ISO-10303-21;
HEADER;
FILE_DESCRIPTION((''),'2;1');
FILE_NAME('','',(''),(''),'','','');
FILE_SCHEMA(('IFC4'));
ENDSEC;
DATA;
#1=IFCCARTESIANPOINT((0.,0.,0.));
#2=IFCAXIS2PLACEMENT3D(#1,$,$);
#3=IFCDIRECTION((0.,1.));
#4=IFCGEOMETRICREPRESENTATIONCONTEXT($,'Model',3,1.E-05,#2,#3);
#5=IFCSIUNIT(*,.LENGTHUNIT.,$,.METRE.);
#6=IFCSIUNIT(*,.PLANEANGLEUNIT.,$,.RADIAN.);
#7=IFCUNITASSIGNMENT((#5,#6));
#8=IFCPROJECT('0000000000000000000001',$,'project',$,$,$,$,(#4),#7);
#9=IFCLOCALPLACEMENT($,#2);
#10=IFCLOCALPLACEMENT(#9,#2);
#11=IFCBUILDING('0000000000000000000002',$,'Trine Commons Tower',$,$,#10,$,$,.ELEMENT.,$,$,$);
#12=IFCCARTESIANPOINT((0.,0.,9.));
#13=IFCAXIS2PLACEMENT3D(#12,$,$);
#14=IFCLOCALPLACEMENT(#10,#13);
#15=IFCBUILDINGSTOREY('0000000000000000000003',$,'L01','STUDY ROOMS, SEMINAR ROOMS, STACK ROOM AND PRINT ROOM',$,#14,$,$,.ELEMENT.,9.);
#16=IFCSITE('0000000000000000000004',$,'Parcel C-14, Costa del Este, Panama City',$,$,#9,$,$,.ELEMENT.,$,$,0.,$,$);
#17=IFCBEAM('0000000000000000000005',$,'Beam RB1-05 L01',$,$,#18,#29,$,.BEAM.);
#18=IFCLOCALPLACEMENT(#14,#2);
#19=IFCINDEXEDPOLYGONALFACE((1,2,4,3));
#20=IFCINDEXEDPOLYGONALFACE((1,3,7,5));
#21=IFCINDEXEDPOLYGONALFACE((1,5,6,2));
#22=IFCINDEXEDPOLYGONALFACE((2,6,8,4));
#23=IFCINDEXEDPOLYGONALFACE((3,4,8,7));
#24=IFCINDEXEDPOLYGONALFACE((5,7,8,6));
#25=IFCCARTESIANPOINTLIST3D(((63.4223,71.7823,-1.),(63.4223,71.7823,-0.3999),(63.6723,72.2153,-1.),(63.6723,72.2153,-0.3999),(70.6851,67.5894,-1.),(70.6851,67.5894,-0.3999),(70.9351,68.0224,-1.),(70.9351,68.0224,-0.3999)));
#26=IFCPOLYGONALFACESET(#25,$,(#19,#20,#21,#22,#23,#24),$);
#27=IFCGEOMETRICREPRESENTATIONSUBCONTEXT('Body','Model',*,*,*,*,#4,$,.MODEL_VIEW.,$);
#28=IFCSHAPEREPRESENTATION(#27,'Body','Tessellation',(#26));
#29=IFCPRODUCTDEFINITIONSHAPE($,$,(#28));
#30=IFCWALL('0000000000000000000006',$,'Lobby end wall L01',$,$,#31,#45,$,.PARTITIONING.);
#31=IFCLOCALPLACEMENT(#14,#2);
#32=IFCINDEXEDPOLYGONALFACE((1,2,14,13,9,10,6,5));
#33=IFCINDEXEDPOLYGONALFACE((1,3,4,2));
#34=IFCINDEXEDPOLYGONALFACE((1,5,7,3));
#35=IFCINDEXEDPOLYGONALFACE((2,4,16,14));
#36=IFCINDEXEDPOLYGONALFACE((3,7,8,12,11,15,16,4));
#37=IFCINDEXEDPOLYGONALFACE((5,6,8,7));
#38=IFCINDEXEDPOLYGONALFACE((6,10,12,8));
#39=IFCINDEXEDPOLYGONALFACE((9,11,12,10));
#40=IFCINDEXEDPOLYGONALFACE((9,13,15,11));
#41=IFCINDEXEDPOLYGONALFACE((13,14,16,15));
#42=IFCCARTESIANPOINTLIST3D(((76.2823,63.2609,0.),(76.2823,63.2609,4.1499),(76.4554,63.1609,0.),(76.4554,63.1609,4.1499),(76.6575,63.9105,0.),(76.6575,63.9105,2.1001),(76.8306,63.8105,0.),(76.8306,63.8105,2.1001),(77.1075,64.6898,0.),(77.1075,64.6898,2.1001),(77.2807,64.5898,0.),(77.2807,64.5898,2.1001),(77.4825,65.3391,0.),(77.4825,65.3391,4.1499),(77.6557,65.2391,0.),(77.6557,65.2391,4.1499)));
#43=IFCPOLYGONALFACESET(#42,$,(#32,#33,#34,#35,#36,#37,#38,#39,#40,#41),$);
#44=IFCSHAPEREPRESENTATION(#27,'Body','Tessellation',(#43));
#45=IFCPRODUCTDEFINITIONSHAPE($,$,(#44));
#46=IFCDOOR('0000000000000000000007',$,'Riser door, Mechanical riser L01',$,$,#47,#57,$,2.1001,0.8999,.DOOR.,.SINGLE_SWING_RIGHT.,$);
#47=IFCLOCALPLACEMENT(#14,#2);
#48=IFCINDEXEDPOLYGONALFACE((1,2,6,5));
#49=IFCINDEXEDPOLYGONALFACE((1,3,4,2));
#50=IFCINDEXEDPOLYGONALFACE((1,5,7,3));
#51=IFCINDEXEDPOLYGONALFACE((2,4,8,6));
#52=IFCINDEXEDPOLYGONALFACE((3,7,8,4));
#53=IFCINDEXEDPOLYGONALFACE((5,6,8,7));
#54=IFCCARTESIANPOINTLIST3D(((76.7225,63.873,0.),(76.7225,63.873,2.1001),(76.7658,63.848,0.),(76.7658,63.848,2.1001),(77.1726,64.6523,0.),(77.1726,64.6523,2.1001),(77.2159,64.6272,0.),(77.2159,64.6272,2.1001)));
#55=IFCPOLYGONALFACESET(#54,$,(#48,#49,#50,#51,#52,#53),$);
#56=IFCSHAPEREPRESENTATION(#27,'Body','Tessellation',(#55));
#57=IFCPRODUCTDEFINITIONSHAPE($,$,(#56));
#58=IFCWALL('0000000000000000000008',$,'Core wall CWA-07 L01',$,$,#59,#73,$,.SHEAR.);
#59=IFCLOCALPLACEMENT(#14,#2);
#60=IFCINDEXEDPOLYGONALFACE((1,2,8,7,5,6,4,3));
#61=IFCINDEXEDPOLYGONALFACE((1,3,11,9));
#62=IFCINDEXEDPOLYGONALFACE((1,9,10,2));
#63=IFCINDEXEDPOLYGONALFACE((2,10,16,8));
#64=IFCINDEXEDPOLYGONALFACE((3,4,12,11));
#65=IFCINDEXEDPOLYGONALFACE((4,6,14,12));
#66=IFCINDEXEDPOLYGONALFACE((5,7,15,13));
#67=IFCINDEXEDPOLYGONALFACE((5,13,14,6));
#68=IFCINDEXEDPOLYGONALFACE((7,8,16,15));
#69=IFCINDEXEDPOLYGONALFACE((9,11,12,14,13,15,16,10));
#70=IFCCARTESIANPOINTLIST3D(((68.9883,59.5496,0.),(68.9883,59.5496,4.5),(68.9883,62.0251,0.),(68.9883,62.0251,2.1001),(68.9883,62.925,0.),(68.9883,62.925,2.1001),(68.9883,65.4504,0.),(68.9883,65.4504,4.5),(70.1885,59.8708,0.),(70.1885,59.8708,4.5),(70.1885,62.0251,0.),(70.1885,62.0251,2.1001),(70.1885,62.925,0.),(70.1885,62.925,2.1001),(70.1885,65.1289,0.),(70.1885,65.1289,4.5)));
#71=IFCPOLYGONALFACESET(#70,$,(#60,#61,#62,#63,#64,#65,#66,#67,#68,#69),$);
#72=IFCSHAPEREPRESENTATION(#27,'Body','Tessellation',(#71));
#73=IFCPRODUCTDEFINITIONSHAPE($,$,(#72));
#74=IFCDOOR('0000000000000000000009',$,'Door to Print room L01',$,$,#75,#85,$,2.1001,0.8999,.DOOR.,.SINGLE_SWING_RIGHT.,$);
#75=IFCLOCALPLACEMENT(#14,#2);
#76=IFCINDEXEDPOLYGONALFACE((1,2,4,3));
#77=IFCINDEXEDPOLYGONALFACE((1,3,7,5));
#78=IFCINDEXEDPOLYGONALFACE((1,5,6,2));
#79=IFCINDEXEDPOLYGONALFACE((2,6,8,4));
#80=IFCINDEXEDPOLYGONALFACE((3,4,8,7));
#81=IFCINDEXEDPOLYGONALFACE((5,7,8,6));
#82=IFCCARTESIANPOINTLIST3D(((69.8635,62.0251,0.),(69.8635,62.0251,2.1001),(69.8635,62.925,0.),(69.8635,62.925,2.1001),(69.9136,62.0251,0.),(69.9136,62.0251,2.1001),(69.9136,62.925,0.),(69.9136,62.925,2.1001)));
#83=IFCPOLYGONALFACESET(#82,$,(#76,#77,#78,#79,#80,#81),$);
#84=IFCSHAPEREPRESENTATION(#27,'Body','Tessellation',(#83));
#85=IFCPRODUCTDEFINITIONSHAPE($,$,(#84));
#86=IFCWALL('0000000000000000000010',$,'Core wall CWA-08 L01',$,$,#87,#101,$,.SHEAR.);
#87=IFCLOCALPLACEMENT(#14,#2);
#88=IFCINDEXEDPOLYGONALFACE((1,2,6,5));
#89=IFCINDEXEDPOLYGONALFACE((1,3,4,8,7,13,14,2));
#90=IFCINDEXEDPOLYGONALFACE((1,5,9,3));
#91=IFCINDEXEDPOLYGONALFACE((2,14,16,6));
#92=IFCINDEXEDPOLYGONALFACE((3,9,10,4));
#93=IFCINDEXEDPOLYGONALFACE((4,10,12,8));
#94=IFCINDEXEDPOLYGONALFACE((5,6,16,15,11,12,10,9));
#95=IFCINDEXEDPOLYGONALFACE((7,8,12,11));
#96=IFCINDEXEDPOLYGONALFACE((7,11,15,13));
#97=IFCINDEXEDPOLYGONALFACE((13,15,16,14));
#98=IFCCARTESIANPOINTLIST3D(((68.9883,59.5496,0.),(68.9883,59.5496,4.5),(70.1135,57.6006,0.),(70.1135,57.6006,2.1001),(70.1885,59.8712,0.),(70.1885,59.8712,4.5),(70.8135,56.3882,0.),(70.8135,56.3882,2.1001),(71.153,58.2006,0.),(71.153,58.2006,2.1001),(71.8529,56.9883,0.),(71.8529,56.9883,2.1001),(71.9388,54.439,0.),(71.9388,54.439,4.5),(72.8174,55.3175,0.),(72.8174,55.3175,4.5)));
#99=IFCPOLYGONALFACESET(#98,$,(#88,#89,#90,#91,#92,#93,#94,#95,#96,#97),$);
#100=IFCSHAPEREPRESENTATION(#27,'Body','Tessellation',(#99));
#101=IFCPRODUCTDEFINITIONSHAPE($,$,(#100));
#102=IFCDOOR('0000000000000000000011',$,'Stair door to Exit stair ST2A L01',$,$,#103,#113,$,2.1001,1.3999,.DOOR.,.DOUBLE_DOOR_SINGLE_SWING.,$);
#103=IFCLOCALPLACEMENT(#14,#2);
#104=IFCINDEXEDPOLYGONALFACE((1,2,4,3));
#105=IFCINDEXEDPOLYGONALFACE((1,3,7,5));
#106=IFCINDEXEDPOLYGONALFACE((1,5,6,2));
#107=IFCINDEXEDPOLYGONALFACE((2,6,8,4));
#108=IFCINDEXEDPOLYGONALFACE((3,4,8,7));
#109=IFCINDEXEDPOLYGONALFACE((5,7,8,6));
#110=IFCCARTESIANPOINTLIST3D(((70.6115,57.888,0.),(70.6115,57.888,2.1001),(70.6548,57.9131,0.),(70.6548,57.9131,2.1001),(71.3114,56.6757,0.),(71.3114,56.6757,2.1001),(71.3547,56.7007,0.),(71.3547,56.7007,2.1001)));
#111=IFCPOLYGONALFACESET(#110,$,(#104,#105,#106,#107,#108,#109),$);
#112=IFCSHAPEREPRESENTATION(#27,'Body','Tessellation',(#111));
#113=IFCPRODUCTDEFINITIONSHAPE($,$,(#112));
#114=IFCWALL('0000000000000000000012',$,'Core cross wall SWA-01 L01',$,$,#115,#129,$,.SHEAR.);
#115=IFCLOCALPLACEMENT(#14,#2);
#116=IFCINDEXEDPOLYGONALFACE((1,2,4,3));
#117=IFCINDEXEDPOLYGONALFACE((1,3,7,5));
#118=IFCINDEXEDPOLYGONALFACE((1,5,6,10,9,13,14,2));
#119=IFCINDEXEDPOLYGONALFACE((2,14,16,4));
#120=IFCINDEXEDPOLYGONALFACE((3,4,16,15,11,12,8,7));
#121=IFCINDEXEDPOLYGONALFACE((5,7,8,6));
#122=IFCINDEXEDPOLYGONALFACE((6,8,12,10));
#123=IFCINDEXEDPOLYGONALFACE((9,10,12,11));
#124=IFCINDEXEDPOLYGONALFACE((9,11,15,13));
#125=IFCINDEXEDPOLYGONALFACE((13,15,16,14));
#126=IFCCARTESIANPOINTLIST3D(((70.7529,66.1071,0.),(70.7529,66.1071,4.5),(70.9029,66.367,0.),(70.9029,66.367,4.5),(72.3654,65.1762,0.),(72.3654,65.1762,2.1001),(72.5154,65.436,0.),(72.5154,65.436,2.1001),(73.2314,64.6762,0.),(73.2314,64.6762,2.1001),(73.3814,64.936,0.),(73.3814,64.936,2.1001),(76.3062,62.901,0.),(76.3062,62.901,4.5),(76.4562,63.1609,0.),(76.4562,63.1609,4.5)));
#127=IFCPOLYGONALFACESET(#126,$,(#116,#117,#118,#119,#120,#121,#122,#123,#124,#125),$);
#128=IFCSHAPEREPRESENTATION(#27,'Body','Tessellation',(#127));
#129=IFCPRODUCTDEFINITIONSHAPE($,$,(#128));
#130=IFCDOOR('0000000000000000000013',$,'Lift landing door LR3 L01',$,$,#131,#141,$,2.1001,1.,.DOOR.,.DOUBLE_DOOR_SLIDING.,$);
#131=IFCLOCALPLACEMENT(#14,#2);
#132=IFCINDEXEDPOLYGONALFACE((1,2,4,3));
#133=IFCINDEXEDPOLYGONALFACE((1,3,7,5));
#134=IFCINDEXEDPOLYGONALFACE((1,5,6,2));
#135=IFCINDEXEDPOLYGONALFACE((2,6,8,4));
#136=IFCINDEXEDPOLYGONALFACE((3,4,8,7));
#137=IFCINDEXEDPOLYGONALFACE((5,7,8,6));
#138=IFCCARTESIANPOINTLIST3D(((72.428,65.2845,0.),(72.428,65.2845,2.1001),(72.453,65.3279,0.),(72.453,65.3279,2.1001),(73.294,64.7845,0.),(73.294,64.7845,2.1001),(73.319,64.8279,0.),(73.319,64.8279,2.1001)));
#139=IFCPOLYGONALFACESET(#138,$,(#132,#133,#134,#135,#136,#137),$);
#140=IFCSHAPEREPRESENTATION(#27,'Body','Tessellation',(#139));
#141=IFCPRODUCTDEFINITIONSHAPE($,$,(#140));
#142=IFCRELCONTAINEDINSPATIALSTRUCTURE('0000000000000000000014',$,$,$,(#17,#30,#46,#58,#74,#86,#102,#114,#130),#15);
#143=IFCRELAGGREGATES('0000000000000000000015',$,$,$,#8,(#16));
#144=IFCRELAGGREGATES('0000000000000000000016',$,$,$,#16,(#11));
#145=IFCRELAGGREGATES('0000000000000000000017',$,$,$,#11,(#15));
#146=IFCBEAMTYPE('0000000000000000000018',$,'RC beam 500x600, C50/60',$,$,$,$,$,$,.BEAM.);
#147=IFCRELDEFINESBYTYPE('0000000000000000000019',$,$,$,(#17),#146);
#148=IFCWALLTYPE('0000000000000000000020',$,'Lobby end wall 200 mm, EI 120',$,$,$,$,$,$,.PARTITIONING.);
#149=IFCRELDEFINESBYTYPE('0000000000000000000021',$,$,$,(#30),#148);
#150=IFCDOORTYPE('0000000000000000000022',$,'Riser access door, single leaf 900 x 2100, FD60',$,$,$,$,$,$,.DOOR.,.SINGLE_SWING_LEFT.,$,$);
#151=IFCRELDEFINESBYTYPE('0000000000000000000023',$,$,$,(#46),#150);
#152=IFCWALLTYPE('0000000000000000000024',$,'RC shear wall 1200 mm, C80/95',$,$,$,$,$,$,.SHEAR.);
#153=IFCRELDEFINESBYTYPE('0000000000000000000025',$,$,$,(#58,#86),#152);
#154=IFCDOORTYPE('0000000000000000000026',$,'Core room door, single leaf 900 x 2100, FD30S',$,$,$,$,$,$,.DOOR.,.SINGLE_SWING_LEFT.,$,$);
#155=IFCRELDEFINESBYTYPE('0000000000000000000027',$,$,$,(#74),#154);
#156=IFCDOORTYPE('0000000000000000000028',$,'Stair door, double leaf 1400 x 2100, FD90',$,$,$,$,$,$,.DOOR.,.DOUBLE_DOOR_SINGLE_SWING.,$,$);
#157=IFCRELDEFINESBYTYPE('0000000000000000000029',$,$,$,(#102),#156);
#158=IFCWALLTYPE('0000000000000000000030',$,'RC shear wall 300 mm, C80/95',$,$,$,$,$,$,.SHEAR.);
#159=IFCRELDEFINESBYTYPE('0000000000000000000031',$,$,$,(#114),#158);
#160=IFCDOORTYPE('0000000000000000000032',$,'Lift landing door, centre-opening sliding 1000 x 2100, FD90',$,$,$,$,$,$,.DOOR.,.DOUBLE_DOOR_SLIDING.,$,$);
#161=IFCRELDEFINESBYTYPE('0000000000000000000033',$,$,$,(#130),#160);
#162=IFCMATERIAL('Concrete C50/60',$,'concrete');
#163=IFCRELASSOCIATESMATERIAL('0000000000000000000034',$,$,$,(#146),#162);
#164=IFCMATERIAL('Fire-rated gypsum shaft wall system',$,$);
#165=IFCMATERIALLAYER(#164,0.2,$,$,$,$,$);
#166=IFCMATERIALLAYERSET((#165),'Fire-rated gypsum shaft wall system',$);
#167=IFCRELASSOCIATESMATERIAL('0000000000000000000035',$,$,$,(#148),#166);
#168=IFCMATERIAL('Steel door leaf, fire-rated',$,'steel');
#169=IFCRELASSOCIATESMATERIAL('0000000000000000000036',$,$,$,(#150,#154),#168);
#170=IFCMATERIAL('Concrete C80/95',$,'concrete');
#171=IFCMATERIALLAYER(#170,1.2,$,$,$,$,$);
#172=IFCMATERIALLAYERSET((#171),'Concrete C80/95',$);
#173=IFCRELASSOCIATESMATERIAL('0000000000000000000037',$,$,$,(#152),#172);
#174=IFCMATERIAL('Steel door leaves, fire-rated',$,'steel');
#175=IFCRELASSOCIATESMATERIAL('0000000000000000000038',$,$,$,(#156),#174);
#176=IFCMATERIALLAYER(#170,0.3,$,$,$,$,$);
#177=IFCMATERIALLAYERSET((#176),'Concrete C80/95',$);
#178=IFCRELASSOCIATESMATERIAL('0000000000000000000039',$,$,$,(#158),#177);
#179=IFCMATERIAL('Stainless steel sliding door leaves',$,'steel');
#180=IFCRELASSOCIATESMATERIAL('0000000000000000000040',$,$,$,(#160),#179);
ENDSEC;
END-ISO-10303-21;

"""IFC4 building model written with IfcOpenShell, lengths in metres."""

from ifc_helpers import new_model, si_unit, direction, frame, frame_2d, origin, origin_2d, place, context, subcontext, project, spatial, polyline, rectangle, outline, extrude, material, layer, layer_set, material_profile, profile_set, type_object, element, fill, save


model = new_model("IFC4")

# Units and contexts
model_context = context("Model", 3, precision=1e-05, world=origin(), true_north=direction((0.0, 1.0)))
body_context = subcontext(model_context, "Body", "Model", "MODEL_VIEW")
ifc_project = project(units=[si_unit("LENGTHUNIT", "METRE"), si_unit("PLANEANGLEUNIT", "RADIAN")], contexts=[model_context])

# Site, building, storey
site_placement = place(None, origin())
site = spatial("IfcSite", under=ifc_project, at=site_placement, Name="Parcel C-14, Costa del Este, Panama City", CompositionType="ELEMENT", RefElevation=0.0)
building_placement = place(site_placement, origin())
building = spatial("IfcBuilding", under=site, at=building_placement, Name="Trine Commons Tower", CompositionType="ELEMENT")
storey_placement = place(building_placement, frame((0.0, 0.0, 9.0)))
storey = spatial("IfcBuildingStorey", under=building, at=storey_placement, Name="L01", Description="STUDY ROOMS, SEMINAR ROOMS, STACK ROOM AND PRINT ROOM", CompositionType="ELEMENT", Elevation=9.0)

# Beam
ifc_material_1 = material(Name="Concrete C50/60", Category="concrete")
ifc_material_profile = material_profile(ifc_material_1, rectangle(XDim=0.5, YDim=0.6001, at=origin_2d()), Name="RC 500x600")
ifc_profile_set = profile_set([ifc_material_profile], Name="Concrete C50/60")
beam_type = type_object("IfcBeamType", Name="RC beam 500x600, C50/60", PredefinedType="BEAM", material=ifc_profile_set)
beam_placement = place(storey_placement, frame((70.8101, 67.8059, -0.7), z_axis=(-0.866038, 0.499978, 0.0), x_axis=(-0.499978, -0.866038, 0.0)))
element("IfcBeam", 1, at=beam_placement, inside=storey, type_object=beam_type, Name="Beam RB1-05 L01", PredefinedType="BEAM", context=body_context, shape_type="SweptSolid", body=[
    extrude(rectangle(XDim=0.5, YDim=0.6001, at=origin_2d()), origin(), (0.0, 0.0, 1.0), 8.3862),
])

# Walls, openings, doors
ifc_material_2 = material(Name="Fire-rated gypsum shaft wall system")
ifc_layer_1 = layer(ifc_material_2, 0.2)
ifc_layer_set_1 = layer_set([ifc_layer_1], Name="Fire-rated gypsum shaft wall system")
wall_type_1 = type_object("IfcWallType", Name="Lobby end wall 200 mm, EI 120", PredefinedType="PARTITIONING", material=ifc_layer_set_1)
wall_1_placement = place(storey_placement, frame((77.5691, 65.2891, 0.0), z_axis=(0.0, 0.0, 1.0), x_axis=(-0.500122, -0.865955, 0.0)))
wall_1 = element("IfcWall", 2, at=wall_1_placement, inside=storey, type_object=wall_type_1, Name="Lobby end wall L01", PredefinedType="PARTITIONING", context=body_context, shape_type="SweptSolid", body=[
    extrude(rectangle(XDim=2.3999, YDim=0.2, at=frame_2d((1.2, 0.0))), origin(), (0.0, 0.0, 1.0), 4.1499),
])
opening_1_placement = place(wall_1_placement, frame((0.7498, 0.0, 0.0)))
opening_1 = element("IfcOpeningElement", 3, at=opening_1_placement, cuts=wall_1, PredefinedType="OPENING", context=body_context, shape_type="SweptSolid", body=[
    extrude(rectangle(XDim=0.8999, YDim=2.1001, at=frame_2d((0.45, 1.05))), frame((0.0, 0.1099, 0.0), z_axis=(0.0, -1.0, 0.0), x_axis=(1.0, 0.0, 0.0)), (0.0, 0.0, 1.0), 0.22),
])
ifc_material_3 = material(Name="Steel door leaf, fire-rated", Category="steel")
door_type_1 = type_object("IfcDoorType", Name="Riser access door, single leaf 900 x 2100, FD60", OperationType="SINGLE_SWING_LEFT", PredefinedType="DOOR", material=ifc_material_3)
door_1_placement = place(opening_1_placement, frame((0.8999, 0.0, 0.0), z_axis=(0.0, 0.0, 1.0), x_axis=(-1.0, 0.0, 0.0)))
door_1 = element("IfcDoor", 4, at=door_1_placement, inside=storey, type_object=door_type_1, Name="Riser door, Mechanical riser L01", OperationType="SINGLE_SWING_RIGHT", OverallHeight=2.1001, OverallWidth=0.8999, PredefinedType="DOOR", context=body_context, shape_type="SweptSolid", body=[
    extrude(rectangle(XDim=0.8999, YDim=2.1001, at=frame_2d((0.45, 1.05))), frame((0.0, 0.0249, 0.0), z_axis=(0.0, -1.0, 0.0), x_axis=(1.0, 0.0, 0.0)), (0.0, 0.0, 1.0), 0.05),
])
fill(opening_1, door_1)
ifc_material_4 = material(Name="Concrete C80/95", Category="concrete")
ifc_layer_2 = layer(ifc_material_4, 1.2)
ifc_layer_set_2 = layer_set([ifc_layer_2], Name="Concrete C80/95")
wall_type_2 = type_object("IfcWallType", Name="RC shear wall 1200 mm, C80/95", PredefinedType="SHEAR", material=ifc_layer_set_2)
wall_2_placement = place(storey_placement, frame((69.5884, 65.4504, 0.0), z_axis=(0.0, 0.0, 1.0), x_axis=(0.0, -1.0, 0.0)))
wall_2 = element("IfcWall", 5, at=wall_2_placement, inside=storey, type_object=wall_type_2, Name="Core wall CWA-07 L01", PredefinedType="SHEAR", context=body_context, shape_type="SweptSolid", body=[
    extrude(outline(polyline([(0.0, -0.6001), (5.9009, -0.6001), (5.5796, 0.6001), (0.3215, 0.6001), (0.0, -0.6001)])), origin(), (0.0, 0.0, 1.0), 4.5),
])
opening_2_placement = place(wall_2_placement, frame((2.5254, 0.0, 0.0)))
opening_2 = element("IfcOpeningElement", 6, at=opening_2_placement, cuts=wall_2, PredefinedType="OPENING", context=body_context, shape_type="SweptSolid", body=[
    extrude(rectangle(XDim=0.8999, YDim=2.1001, at=frame_2d((0.45, 1.05))), frame((0.0, 0.6099, 0.0), z_axis=(0.0, -1.0, 0.0), x_axis=(1.0, 0.0, 0.0)), (0.0, 0.0, 1.0), 1.22),
])
door_type_2 = type_object("IfcDoorType", Name="Core room door, single leaf 900 x 2100, FD30S", OperationType="SINGLE_SWING_LEFT", PredefinedType="DOOR", material=ifc_material_3)
door_2_placement = place(opening_2_placement, origin())
door_2 = element("IfcDoor", 7, at=door_2_placement, inside=storey, type_object=door_type_2, Name="Door to Print room L01", OperationType="SINGLE_SWING_RIGHT", OverallHeight=2.1001, OverallWidth=0.8999, PredefinedType="DOOR", context=body_context, shape_type="SweptSolid", body=[
    extrude(rectangle(XDim=0.8999, YDim=2.1001, at=frame_2d((0.45, 1.05))), frame((0.0, 0.3252, 0.0), z_axis=(0.0, -1.0, 0.0), x_axis=(1.0, 0.0, 0.0)), (0.0, 0.0, 1.0), 0.05),
])
fill(opening_2, door_2)
wall_3_placement = place(storey_placement, frame((69.5081, 59.8496, 0.0), z_axis=(0.0, 0.0, 1.0), x_axis=(0.499979, -0.866037, 0.0)))
wall_3 = element("IfcWall", 8, at=wall_3_placement, inside=storey, type_object=wall_type_2, Name="Core wall CWA-08 L01", PredefinedType="SHEAR", context=body_context, shape_type="SweptSolid", body=[
    extrude(outline(polyline([(0.0, -0.6001), (5.9011, -0.6001), (5.5796, 0.6001), (0.3215, 0.6001), (0.0, -0.6001)])), origin(), (0.0, 0.0, 1.0), 4.5),
])
opening_3_placement = place(wall_3_placement, frame((2.2505, 0.0, 0.0)))
opening_3 = element("IfcOpeningElement", 9, at=opening_3_placement, cuts=wall_3, PredefinedType="OPENING", context=body_context, shape_type="SweptSolid", body=[
    extrude(rectangle(XDim=1.3999, YDim=2.1001, at=frame_2d((0.7, 1.05))), frame((0.0, 0.6099, 0.0), z_axis=(0.0, -1.0, 0.0), x_axis=(1.0, 0.0, 0.0)), (0.0, 0.0, 1.0), 1.22),
])
ifc_material_5 = material(Name="Steel door leaves, fire-rated", Category="steel")
door_type_3 = type_object("IfcDoorType", Name="Stair door, double leaf 1400 x 2100, FD90", OperationType="DOUBLE_DOOR_SINGLE_SWING", PredefinedType="DOOR", material=ifc_material_5)
door_3_placement = place(opening_3_placement, origin())
door_3 = element("IfcDoor", 10, at=door_3_placement, inside=storey, type_object=door_type_3, Name="Stair door to Exit stair ST2A L01", OperationType="DOUBLE_DOOR_SINGLE_SWING", OverallHeight=2.1001, OverallWidth=1.3999, PredefinedType="DOOR", context=body_context, shape_type="SweptSolid", body=[
    extrude(rectangle(XDim=1.3999, YDim=2.1001, at=frame_2d((0.7, 1.05))), frame((0.0, 0.0249, 0.0), z_axis=(0.0, -1.0, 0.0), x_axis=(1.0, 0.0, 0.0)), (0.0, 0.0, 1.0), 0.05),
])
fill(opening_3, door_3)
ifc_layer_3 = layer(ifc_material_4, 0.3)
ifc_layer_set_3 = layer_set([ifc_layer_3], Name="Concrete C80/95")
wall_type_3 = type_object("IfcWallType", Name="RC shear wall 300 mm, C80/95", PredefinedType="SHEAR", material=ifc_layer_set_3)
wall_4_placement = place(storey_placement, frame((76.3811, 63.031, 0.0), z_axis=(0.0, 0.0, 1.0), x_axis=(-0.866032, 0.499988, 0.0)))
wall_4 = element("IfcWall", 11, at=wall_4_placement, inside=storey, type_object=wall_type_3, Name="Core cross wall SWA-01 L01", PredefinedType="SHEAR", context=body_context, shape_type="SweptSolid", body=[
    extrude(rectangle(XDim=6.4124, YDim=0.3, at=frame_2d((3.2061, 0.0))), origin(), (0.0, 0.0, 1.0), 4.5),
])
opening_4_placement = place(wall_4_placement, frame((3.5503, 0.0, 0.0)))
opening_4 = element("IfcOpeningElement", 12, at=opening_4_placement, cuts=wall_4, PredefinedType="OPENING", context=body_context, shape_type="SweptSolid", body=[
    extrude(rectangle(XDim=1.0, YDim=2.1001, at=frame_2d((0.5, 1.05))), frame((0.0, 0.1599, 0.0), z_axis=(0.0, -1.0, 0.0), x_axis=(1.0, 0.0, 0.0)), (0.0, 0.0, 1.0), 0.3201),
])
ifc_material_6 = material(Name="Stainless steel sliding door leaves", Category="steel")
door_type_4 = type_object("IfcDoorType", Name="Lift landing door, centre-opening sliding 1000 x 2100, FD90", OperationType="DOUBLE_DOOR_SLIDING", PredefinedType="DOOR", material=ifc_material_6)
door_4_placement = place(opening_4_placement, origin())
door_4 = element("IfcDoor", 13, at=door_4_placement, inside=storey, type_object=door_type_4, Name="Lift landing door LR3 L01", OperationType="DOUBLE_DOOR_SLIDING", OverallHeight=2.1001, OverallWidth=1.0, PredefinedType="DOOR", context=body_context, shape_type="SweptSolid", body=[
    extrude(rectangle(XDim=1.0, YDim=2.1001, at=frame_2d((0.5, 1.05))), frame((0.0, 0.0249, 0.0), z_axis=(0.0, -1.0, 0.0), x_axis=(1.0, 0.0, 0.0)), (0.0, 0.0, 1.0), 0.05),
])
fill(opening_4, door_4)

save(model, "model.ifc")
